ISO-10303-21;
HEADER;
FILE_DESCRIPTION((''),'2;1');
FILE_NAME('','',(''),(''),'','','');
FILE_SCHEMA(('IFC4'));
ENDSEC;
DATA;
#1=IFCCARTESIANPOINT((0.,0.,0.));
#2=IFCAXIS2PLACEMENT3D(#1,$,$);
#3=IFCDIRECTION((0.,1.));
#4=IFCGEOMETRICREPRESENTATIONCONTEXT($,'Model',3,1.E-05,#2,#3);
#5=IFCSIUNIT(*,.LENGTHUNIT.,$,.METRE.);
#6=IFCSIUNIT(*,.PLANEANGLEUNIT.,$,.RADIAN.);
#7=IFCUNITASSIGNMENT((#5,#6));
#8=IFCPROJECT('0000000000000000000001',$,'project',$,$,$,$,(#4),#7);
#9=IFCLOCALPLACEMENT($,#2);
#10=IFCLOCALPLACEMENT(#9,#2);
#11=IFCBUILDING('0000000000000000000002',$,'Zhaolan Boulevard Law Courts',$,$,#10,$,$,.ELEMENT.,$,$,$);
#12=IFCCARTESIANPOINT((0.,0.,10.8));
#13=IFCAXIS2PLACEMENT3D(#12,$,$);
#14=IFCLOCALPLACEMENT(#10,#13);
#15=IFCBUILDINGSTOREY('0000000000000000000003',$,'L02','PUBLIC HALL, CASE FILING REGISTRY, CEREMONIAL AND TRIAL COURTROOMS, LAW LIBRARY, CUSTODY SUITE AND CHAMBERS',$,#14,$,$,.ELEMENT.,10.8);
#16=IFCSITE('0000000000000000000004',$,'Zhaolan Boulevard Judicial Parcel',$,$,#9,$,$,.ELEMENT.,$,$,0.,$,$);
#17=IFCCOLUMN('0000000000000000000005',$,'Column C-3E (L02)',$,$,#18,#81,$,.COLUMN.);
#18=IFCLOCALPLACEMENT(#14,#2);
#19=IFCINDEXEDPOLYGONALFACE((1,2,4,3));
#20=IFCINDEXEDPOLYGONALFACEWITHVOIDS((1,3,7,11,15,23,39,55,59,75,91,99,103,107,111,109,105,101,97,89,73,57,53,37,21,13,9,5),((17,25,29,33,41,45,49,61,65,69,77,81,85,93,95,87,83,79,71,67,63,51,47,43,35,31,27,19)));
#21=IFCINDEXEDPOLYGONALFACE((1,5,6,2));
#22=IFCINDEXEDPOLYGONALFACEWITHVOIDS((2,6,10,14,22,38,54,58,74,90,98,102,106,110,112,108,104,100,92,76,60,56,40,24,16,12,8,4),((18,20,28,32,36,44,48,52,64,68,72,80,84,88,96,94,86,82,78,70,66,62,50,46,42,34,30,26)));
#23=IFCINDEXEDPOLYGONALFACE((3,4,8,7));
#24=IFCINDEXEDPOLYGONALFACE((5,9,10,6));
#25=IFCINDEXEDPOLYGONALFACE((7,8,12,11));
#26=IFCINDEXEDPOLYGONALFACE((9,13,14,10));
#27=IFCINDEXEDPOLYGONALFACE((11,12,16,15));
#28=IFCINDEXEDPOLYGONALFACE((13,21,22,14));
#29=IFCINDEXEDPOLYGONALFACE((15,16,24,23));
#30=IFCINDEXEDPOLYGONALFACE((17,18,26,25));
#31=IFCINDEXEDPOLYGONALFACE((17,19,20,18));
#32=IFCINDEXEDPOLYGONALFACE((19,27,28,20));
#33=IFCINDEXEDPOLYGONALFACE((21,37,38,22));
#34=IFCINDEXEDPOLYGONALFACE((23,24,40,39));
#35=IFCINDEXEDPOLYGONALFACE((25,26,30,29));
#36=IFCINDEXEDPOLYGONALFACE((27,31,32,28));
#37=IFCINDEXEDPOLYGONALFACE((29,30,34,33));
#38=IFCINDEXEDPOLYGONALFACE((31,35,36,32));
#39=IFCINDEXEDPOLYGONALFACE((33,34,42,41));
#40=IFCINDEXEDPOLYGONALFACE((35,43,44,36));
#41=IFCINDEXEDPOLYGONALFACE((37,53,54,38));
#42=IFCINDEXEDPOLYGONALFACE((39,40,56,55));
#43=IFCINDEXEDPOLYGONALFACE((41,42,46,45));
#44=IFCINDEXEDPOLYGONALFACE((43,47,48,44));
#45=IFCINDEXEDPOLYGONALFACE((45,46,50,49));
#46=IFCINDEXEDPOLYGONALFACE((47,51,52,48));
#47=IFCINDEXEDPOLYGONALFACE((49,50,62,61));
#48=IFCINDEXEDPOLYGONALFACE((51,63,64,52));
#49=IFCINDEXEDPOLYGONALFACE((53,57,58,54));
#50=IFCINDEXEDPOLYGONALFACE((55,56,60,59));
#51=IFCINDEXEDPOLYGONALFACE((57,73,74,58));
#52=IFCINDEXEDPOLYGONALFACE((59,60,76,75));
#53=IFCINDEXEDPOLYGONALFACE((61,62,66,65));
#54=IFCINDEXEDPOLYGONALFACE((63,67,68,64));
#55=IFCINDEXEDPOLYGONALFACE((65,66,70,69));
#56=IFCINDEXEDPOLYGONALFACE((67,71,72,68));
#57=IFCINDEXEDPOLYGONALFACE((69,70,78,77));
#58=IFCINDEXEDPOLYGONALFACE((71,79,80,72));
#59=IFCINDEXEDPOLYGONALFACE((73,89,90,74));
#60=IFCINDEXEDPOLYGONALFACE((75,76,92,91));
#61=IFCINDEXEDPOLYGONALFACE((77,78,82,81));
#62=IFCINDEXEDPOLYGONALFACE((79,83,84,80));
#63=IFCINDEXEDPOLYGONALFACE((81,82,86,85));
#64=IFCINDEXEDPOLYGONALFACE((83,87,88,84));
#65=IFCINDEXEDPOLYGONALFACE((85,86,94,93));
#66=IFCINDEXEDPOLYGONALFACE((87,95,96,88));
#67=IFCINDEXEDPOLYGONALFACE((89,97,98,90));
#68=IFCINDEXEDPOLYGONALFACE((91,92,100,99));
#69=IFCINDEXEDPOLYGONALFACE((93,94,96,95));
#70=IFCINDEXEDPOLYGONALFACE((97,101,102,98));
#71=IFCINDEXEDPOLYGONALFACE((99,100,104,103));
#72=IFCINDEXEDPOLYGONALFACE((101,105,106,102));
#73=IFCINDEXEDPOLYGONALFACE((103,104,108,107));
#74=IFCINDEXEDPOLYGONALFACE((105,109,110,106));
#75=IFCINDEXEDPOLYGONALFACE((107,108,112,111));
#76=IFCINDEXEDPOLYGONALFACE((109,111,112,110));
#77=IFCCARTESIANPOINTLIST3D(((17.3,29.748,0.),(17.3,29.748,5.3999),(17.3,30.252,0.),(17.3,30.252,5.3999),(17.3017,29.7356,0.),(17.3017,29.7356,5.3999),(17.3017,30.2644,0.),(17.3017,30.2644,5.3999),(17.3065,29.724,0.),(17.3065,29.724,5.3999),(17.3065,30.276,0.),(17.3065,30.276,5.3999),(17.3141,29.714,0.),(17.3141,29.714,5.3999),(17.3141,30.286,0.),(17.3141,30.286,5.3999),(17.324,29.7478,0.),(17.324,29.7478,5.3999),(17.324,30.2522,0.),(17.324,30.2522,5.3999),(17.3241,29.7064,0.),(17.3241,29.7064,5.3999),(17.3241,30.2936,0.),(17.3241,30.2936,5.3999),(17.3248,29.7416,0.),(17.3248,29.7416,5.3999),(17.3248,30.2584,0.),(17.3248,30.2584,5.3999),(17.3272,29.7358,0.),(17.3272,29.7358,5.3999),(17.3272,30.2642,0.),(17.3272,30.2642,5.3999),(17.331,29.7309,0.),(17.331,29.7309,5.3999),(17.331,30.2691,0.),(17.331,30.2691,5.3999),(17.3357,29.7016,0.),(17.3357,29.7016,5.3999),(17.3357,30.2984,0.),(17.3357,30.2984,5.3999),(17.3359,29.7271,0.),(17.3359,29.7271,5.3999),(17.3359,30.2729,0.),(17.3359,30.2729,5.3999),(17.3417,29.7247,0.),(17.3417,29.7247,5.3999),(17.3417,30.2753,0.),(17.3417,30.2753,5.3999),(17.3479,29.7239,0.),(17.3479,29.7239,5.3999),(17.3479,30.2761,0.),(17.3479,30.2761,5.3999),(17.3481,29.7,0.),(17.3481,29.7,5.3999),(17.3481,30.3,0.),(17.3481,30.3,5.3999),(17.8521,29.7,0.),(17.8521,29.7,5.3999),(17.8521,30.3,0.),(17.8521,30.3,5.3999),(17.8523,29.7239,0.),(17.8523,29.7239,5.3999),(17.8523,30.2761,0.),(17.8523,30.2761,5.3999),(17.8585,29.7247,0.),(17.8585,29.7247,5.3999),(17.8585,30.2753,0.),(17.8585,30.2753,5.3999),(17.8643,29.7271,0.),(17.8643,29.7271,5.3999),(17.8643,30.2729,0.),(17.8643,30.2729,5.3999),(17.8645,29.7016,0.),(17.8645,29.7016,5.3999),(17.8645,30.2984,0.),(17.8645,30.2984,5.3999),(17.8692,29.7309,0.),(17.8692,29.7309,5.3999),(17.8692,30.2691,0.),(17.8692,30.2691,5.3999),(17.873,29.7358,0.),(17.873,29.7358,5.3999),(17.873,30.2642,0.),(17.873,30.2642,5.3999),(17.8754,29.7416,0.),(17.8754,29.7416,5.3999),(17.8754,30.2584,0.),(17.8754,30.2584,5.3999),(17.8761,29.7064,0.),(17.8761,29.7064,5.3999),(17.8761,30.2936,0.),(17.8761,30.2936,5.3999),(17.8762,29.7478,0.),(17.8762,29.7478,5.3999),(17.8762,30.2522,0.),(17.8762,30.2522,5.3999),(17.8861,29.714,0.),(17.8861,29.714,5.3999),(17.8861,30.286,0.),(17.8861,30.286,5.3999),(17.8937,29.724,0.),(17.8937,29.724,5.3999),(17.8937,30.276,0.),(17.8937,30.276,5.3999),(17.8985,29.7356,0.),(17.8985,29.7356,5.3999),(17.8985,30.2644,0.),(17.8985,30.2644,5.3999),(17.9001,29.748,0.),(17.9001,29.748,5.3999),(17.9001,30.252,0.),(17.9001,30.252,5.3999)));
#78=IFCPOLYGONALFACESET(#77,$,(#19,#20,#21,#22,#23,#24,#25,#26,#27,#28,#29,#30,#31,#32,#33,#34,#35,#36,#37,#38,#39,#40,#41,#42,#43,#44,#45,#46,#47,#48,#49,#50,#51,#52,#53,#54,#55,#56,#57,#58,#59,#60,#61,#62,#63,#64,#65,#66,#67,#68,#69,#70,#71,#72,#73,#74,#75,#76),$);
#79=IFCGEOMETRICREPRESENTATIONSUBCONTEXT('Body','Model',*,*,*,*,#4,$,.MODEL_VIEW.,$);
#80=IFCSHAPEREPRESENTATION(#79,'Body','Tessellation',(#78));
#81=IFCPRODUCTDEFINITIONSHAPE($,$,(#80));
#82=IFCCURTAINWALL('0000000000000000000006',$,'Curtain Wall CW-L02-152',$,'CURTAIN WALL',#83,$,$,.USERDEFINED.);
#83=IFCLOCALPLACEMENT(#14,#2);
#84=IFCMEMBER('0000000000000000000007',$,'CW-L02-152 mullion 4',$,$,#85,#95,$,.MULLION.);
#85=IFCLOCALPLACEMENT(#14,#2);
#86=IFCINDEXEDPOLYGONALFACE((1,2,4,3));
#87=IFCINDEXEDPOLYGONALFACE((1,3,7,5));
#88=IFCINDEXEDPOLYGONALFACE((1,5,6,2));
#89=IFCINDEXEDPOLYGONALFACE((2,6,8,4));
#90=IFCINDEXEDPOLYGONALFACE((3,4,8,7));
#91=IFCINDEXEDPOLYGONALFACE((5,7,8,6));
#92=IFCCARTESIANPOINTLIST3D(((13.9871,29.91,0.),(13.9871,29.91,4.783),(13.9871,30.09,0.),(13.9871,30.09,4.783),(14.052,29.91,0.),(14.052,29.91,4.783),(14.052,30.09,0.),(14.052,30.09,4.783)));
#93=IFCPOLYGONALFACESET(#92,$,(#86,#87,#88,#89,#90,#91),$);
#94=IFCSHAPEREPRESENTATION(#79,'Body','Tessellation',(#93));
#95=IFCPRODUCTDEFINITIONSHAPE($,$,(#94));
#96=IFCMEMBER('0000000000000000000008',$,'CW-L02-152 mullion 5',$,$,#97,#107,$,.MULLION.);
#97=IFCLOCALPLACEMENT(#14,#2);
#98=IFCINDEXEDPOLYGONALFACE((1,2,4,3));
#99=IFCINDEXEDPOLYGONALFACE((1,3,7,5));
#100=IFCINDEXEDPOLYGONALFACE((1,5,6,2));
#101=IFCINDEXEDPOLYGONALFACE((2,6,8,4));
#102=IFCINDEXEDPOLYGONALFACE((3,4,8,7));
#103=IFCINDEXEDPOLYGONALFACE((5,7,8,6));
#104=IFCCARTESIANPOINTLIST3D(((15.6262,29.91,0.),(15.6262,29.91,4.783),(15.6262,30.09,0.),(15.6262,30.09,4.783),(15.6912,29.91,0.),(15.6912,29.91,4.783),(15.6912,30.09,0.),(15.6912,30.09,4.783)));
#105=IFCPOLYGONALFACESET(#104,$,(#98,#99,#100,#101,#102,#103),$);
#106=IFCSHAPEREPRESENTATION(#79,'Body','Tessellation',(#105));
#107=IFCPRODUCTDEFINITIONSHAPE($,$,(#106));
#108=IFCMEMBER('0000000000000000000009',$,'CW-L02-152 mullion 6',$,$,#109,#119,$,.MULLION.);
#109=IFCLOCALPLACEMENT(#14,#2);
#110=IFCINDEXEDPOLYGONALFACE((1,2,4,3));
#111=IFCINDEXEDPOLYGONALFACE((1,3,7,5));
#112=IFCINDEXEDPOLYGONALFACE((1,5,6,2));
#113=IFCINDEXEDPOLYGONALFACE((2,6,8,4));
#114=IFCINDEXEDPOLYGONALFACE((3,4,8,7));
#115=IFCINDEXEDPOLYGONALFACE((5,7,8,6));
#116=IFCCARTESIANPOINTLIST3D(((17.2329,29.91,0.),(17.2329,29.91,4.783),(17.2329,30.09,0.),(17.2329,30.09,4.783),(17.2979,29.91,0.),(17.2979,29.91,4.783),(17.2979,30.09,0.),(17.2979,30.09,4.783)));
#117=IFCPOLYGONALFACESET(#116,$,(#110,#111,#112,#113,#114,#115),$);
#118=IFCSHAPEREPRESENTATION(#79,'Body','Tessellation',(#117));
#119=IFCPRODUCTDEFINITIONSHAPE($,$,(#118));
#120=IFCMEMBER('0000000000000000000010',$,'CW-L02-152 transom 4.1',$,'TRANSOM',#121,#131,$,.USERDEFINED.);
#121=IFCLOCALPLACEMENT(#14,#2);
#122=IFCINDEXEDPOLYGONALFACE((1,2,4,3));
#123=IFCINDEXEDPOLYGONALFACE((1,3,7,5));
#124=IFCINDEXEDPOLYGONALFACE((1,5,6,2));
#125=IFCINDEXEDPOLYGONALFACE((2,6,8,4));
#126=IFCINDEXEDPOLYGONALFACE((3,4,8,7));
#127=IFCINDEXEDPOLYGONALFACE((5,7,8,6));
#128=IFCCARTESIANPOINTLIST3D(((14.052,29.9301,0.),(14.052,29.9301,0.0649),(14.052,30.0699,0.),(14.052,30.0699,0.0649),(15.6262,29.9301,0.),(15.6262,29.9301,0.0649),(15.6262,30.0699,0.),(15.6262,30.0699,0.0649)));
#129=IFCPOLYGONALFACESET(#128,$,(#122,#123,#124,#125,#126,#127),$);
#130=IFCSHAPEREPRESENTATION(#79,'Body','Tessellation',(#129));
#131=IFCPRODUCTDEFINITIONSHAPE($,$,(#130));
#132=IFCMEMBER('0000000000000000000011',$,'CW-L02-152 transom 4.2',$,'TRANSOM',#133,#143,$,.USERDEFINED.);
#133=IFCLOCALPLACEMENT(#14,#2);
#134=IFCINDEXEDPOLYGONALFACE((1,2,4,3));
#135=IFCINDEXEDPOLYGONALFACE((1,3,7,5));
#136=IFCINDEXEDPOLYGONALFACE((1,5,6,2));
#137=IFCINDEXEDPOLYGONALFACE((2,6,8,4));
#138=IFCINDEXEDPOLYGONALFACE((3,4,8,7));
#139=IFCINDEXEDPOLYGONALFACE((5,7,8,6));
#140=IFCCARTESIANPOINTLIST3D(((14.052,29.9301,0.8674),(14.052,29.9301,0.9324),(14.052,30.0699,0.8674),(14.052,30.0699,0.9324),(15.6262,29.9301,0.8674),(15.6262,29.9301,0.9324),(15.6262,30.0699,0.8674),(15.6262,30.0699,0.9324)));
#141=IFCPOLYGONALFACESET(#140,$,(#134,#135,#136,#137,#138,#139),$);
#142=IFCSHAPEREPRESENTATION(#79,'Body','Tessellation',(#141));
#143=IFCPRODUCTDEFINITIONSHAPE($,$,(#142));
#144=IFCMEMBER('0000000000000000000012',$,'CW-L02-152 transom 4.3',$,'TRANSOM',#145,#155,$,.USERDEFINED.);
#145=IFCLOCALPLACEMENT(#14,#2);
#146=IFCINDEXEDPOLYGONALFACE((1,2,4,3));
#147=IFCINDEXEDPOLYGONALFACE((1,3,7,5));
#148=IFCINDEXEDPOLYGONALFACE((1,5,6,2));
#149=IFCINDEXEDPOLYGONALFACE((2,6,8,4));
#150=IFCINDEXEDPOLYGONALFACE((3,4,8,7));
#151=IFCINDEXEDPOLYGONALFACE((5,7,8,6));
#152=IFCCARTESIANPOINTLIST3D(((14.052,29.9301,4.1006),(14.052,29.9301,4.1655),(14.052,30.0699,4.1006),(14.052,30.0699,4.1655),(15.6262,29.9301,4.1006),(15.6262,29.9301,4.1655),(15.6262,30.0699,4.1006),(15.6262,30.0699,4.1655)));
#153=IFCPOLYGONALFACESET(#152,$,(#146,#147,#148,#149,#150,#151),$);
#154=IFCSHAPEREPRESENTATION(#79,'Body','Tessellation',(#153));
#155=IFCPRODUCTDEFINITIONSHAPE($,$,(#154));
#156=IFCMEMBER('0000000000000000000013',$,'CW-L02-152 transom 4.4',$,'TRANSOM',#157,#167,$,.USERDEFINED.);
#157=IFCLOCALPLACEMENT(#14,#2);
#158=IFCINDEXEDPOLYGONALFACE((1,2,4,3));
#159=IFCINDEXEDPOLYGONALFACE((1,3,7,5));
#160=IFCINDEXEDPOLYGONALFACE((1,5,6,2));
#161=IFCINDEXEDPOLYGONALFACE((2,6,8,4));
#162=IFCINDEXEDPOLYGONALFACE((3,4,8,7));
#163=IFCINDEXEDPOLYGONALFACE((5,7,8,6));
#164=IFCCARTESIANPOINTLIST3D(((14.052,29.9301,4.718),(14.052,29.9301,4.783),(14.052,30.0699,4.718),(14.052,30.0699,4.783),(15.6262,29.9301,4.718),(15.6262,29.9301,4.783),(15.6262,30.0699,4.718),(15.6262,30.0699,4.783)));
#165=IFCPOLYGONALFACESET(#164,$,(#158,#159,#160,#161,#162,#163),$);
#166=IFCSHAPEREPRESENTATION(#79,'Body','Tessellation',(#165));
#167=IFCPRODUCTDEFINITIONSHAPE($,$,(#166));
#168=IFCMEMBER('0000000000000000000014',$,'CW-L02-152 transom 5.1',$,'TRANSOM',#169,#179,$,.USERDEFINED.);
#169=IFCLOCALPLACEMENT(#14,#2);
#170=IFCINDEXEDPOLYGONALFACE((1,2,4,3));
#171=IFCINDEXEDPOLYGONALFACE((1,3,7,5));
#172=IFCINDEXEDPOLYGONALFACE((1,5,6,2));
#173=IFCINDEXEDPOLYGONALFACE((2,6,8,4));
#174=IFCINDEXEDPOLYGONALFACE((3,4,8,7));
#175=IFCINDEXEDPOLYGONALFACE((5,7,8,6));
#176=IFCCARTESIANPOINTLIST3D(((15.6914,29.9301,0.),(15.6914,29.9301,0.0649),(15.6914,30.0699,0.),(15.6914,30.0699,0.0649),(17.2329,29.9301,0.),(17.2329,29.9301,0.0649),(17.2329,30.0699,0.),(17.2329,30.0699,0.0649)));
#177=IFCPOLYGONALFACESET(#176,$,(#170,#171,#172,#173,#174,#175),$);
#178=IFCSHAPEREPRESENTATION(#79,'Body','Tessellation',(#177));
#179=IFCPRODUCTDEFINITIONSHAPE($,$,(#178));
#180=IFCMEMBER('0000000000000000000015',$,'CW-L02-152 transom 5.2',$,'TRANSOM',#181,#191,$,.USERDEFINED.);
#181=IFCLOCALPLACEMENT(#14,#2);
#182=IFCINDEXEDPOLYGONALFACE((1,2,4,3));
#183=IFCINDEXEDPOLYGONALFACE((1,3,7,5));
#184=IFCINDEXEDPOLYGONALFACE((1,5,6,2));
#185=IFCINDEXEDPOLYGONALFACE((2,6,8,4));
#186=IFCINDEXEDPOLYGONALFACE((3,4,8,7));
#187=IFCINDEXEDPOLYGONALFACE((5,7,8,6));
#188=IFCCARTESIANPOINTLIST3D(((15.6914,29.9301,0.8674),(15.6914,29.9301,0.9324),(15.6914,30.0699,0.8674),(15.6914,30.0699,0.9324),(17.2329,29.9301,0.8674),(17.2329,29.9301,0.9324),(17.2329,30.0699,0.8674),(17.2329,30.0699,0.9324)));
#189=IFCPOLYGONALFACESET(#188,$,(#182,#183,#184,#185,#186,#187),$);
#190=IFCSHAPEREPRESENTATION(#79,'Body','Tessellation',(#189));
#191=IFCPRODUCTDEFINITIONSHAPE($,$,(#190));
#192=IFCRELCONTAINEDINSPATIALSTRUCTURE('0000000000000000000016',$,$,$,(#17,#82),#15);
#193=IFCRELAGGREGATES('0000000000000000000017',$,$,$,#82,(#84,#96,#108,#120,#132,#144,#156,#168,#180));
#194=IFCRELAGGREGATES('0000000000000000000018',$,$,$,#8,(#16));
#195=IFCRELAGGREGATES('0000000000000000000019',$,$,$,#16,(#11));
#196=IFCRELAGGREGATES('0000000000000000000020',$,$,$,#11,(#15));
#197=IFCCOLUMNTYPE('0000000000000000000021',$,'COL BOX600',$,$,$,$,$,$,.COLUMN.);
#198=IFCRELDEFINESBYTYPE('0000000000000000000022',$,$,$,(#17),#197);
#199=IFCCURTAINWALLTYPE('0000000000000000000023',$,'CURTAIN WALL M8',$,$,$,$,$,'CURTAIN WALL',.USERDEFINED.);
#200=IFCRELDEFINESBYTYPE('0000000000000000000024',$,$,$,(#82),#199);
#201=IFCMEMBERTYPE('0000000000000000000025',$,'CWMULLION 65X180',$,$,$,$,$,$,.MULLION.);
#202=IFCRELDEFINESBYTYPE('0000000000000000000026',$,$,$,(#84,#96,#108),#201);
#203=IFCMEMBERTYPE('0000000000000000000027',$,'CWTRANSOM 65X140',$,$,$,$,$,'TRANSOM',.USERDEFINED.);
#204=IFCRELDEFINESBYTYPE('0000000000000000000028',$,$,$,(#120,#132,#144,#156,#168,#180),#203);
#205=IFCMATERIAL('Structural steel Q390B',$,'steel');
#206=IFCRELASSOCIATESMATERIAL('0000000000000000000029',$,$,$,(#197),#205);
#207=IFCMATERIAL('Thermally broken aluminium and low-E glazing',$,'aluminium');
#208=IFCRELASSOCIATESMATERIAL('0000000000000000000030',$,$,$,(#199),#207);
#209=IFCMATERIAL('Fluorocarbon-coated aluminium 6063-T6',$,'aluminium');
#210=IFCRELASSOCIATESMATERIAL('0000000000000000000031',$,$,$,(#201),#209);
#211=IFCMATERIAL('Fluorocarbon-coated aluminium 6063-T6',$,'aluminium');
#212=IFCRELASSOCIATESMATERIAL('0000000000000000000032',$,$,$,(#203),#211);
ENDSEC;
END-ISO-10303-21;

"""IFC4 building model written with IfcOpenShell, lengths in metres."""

from ifc_helpers import new_model, si_unit, direction, frame, origin, origin_2d, place, context, subcontext, project, spatial, rectangle, hollow_rectangle, extrude, material, material_profile, profile_set, type_object, element, aggregate, save


model = new_model("IFC4")

# Units and contexts
model_context = context("Model", 3, precision=1e-05, world=origin(), true_north=direction((0.0, 1.0)))
body_context = subcontext(model_context, "Body", "Model", "MODEL_VIEW")
ifc_project = project(units=[si_unit("LENGTHUNIT", "METRE"), si_unit("PLANEANGLEUNIT", "RADIAN")], contexts=[model_context])

# Site, building, storey
site_placement = place(None, origin())
site = spatial("IfcSite", under=ifc_project, at=site_placement, Name="Zhaolan Boulevard Judicial Parcel", CompositionType="ELEMENT", RefElevation=0.0)
building_placement = place(site_placement, origin())
building = spatial("IfcBuilding", under=site, at=building_placement, Name="Zhaolan Boulevard Law Courts", CompositionType="ELEMENT")
storey_placement = place(building_placement, frame((0.0, 0.0, 10.8)))
storey = spatial("IfcBuildingStorey", under=building, at=storey_placement, Name="L02", Description="PUBLIC HALL, CASE FILING REGISTRY, CEREMONIAL AND TRIAL COURTROOMS, LAW LIBRARY, CUSTODY SUITE AND CHAMBERS", CompositionType="ELEMENT", Elevation=10.8)

# Column
ifc_material_1 = material(Name="Structural steel Q390B", Category="steel")
ifc_material_profile_1 = material_profile(ifc_material_1, hollow_rectangle(XDim=0.6001, YDim=0.6001, WallThickness=0.0239, InnerFilletRadius=0.0239, OuterFilletRadius=0.0481, at=origin_2d()), Name="BOX600x600x24")
ifc_profile_set_1 = profile_set([ifc_material_profile_1], Name="Structural steel Q390B")
column_type = type_object("IfcColumnType", Name="COL BOX600", PredefinedType="COLUMN", material=ifc_profile_set_1)
column_placement = place(storey_placement, frame((17.6001, 30.0, 0.0), z_axis=(0.0, 0.0, 1.0), x_axis=(1.0, 0.0, 0.0)))
element("IfcColumn", 1, at=column_placement, inside=storey, type_object=column_type, Name="Column C-3E (L02)", PredefinedType="COLUMN", context=body_context, shape_type="SweptSolid", body=[
    extrude(hollow_rectangle(XDim=0.6001, YDim=0.6001, WallThickness=0.0239, InnerFilletRadius=0.0239, OuterFilletRadius=0.0481, at=origin_2d()), origin(), (0.0, 0.0, 1.0), 5.3999),
])

# Curtain wall, members
ifc_material_2 = material(Name="Thermally broken aluminium and low-E glazing", Category="aluminium")
curtain_wall_type = type_object("IfcCurtainWallType", Name="CURTAIN WALL M8", ElementType="CURTAIN WALL", PredefinedType="USERDEFINED", material=ifc_material_2)
curtain_wall_placement = place(storey_placement, origin())
curtain_wall = element("IfcCurtainWall", 2, at=curtain_wall_placement, inside=storey, type_object=curtain_wall_type, Name="Curtain Wall CW-L02-152", ObjectType="CURTAIN WALL", PredefinedType="USERDEFINED")
ifc_material_3 = material(Name="Fluorocarbon-coated aluminium 6063-T6", Category="aluminium")
ifc_material_profile_2 = material_profile(ifc_material_3, rectangle(XDim=0.1799, YDim=0.0649, at=origin_2d()), Name="AL65x180")
ifc_profile_set_2 = profile_set([ifc_material_profile_2], Name="Fluorocarbon-coated aluminium 6063-T6")
member_type_1 = type_object("IfcMemberType", Name="CWMULLION 65X180", PredefinedType="MULLION", material=ifc_profile_set_2)
member_1_placement = place(storey_placement, frame((14.0195, 30.0, 0.0), z_axis=(0.0, 0.0, 1.0), x_axis=(0.0, 1.0, 0.0)))
member_1 = element("IfcMember", 3, at=member_1_placement, type_object=member_type_1, Name="CW-L02-152 mullion 4", PredefinedType="MULLION", context=body_context, shape_type="SweptSolid", body=[
    extrude(rectangle(XDim=0.1799, YDim=0.0649, at=origin_2d()), origin(), (0.0, 0.0, 1.0), 4.783),
])
member_2_placement = place(storey_placement, frame((15.6587, 30.0, 0.0), z_axis=(0.0, 0.0, 1.0), x_axis=(0.0, 1.0, 0.0)))
member_2 = element("IfcMember", 4, at=member_2_placement, type_object=member_type_1, Name="CW-L02-152 mullion 5", PredefinedType="MULLION", context=body_context, shape_type="SweptSolid", body=[
    extrude(rectangle(XDim=0.1799, YDim=0.0649, at=origin_2d()), origin(), (0.0, 0.0, 1.0), 4.783),
])
member_3_placement = place(storey_placement, frame((17.2654, 30.0, 0.0), z_axis=(0.0, 0.0, 1.0), x_axis=(0.0, 1.0, 0.0)))
member_3 = element("IfcMember", 5, at=member_3_placement, type_object=member_type_1, Name="CW-L02-152 mullion 6", PredefinedType="MULLION", context=body_context, shape_type="SweptSolid", body=[
    extrude(rectangle(XDim=0.1799, YDim=0.0649, at=origin_2d()), origin(), (0.0, 0.0, 1.0), 4.783),
])
ifc_material_4 = material(Name="Fluorocarbon-coated aluminium 6063-T6", Category="aluminium")
ifc_material_profile_3 = material_profile(ifc_material_4, rectangle(XDim=0.1399, YDim=0.0649, at=origin_2d()), Name="AL65x140")
ifc_profile_set_3 = profile_set([ifc_material_profile_3], Name="Fluorocarbon-coated aluminium 6063-T6")
member_type_2 = type_object("IfcMemberType", Name="CWTRANSOM 65X140", ElementType="TRANSOM", PredefinedType="USERDEFINED", material=ifc_profile_set_3)
member_4_placement = place(storey_placement, frame((14.052, 30.0, 0.0325), z_axis=(1.0, 0.0, 0.0), x_axis=(0.0, 1.0, 0.0)))
member_4 = element("IfcMember", 6, at=member_4_placement, type_object=member_type_2, Name="CW-L02-152 transom 4.1", ObjectType="TRANSOM", PredefinedType="USERDEFINED", context=body_context, shape_type="SweptSolid", body=[
    extrude(rectangle(XDim=0.1399, YDim=0.0649, at=origin_2d()), origin(), (0.0, 0.0, 1.0), 1.5742),
])
member_5_placement = place(storey_placement, frame((14.052, 30.0, 0.8999), z_axis=(1.0, 0.0, 0.0), x_axis=(0.0, 1.0, 0.0)))
member_5 = element("IfcMember", 7, at=member_5_placement, type_object=member_type_2, Name="CW-L02-152 transom 4.2", ObjectType="TRANSOM", PredefinedType="USERDEFINED", context=body_context, shape_type="SweptSolid", body=[
    extrude(rectangle(XDim=0.1399, YDim=0.0649, at=origin_2d()), origin(), (0.0, 0.0, 1.0), 1.5742),
])
member_6_placement = place(storey_placement, frame((14.052, 30.0, 4.1331), z_axis=(1.0, 0.0, 0.0), x_axis=(0.0, 1.0, 0.0)))
member_6 = element("IfcMember", 8, at=member_6_placement, type_object=member_type_2, Name="CW-L02-152 transom 4.3", ObjectType="TRANSOM", PredefinedType="USERDEFINED", context=body_context, shape_type="SweptSolid", body=[
    extrude(rectangle(XDim=0.1399, YDim=0.0649, at=origin_2d()), origin(), (0.0, 0.0, 1.0), 1.5742),
])
member_7_placement = place(storey_placement, frame((14.052, 30.0, 4.7505), z_axis=(1.0, 0.0, 0.0), x_axis=(0.0, 1.0, 0.0)))
member_7 = element("IfcMember", 9, at=member_7_placement, type_object=member_type_2, Name="CW-L02-152 transom 4.4", ObjectType="TRANSOM", PredefinedType="USERDEFINED", context=body_context, shape_type="SweptSolid", body=[
    extrude(rectangle(XDim=0.1399, YDim=0.0649, at=origin_2d()), origin(), (0.0, 0.0, 1.0), 1.5742),
])
member_8_placement = place(storey_placement, frame((15.6914, 30.0, 0.0325), z_axis=(1.0, 0.0, 0.0), x_axis=(0.0, 1.0, 0.0)))
member_8 = element("IfcMember", 10, at=member_8_placement, type_object=member_type_2, Name="CW-L02-152 transom 5.1", ObjectType="TRANSOM", PredefinedType="USERDEFINED", context=body_context, shape_type="SweptSolid", body=[
    extrude(rectangle(XDim=0.1399, YDim=0.0649, at=origin_2d()), origin(), (0.0, 0.0, 1.0), 1.5415),
])
member_9_placement = place(storey_placement, frame((15.6914, 30.0, 0.8999), z_axis=(1.0, 0.0, 0.0), x_axis=(0.0, 1.0, 0.0)))
member_9 = element("IfcMember", 11, at=member_9_placement, type_object=member_type_2, Name="CW-L02-152 transom 5.2", ObjectType="TRANSOM", PredefinedType="USERDEFINED", context=body_context, shape_type="SweptSolid", body=[
    extrude(rectangle(XDim=0.1399, YDim=0.0649, at=origin_2d()), origin(), (0.0, 0.0, 1.0), 1.5415),
])

aggregate(curtain_wall, [member_1, member_2, member_3, member_4, member_5, member_6, member_7, member_8, member_9])

save(model, "model.ifc")
